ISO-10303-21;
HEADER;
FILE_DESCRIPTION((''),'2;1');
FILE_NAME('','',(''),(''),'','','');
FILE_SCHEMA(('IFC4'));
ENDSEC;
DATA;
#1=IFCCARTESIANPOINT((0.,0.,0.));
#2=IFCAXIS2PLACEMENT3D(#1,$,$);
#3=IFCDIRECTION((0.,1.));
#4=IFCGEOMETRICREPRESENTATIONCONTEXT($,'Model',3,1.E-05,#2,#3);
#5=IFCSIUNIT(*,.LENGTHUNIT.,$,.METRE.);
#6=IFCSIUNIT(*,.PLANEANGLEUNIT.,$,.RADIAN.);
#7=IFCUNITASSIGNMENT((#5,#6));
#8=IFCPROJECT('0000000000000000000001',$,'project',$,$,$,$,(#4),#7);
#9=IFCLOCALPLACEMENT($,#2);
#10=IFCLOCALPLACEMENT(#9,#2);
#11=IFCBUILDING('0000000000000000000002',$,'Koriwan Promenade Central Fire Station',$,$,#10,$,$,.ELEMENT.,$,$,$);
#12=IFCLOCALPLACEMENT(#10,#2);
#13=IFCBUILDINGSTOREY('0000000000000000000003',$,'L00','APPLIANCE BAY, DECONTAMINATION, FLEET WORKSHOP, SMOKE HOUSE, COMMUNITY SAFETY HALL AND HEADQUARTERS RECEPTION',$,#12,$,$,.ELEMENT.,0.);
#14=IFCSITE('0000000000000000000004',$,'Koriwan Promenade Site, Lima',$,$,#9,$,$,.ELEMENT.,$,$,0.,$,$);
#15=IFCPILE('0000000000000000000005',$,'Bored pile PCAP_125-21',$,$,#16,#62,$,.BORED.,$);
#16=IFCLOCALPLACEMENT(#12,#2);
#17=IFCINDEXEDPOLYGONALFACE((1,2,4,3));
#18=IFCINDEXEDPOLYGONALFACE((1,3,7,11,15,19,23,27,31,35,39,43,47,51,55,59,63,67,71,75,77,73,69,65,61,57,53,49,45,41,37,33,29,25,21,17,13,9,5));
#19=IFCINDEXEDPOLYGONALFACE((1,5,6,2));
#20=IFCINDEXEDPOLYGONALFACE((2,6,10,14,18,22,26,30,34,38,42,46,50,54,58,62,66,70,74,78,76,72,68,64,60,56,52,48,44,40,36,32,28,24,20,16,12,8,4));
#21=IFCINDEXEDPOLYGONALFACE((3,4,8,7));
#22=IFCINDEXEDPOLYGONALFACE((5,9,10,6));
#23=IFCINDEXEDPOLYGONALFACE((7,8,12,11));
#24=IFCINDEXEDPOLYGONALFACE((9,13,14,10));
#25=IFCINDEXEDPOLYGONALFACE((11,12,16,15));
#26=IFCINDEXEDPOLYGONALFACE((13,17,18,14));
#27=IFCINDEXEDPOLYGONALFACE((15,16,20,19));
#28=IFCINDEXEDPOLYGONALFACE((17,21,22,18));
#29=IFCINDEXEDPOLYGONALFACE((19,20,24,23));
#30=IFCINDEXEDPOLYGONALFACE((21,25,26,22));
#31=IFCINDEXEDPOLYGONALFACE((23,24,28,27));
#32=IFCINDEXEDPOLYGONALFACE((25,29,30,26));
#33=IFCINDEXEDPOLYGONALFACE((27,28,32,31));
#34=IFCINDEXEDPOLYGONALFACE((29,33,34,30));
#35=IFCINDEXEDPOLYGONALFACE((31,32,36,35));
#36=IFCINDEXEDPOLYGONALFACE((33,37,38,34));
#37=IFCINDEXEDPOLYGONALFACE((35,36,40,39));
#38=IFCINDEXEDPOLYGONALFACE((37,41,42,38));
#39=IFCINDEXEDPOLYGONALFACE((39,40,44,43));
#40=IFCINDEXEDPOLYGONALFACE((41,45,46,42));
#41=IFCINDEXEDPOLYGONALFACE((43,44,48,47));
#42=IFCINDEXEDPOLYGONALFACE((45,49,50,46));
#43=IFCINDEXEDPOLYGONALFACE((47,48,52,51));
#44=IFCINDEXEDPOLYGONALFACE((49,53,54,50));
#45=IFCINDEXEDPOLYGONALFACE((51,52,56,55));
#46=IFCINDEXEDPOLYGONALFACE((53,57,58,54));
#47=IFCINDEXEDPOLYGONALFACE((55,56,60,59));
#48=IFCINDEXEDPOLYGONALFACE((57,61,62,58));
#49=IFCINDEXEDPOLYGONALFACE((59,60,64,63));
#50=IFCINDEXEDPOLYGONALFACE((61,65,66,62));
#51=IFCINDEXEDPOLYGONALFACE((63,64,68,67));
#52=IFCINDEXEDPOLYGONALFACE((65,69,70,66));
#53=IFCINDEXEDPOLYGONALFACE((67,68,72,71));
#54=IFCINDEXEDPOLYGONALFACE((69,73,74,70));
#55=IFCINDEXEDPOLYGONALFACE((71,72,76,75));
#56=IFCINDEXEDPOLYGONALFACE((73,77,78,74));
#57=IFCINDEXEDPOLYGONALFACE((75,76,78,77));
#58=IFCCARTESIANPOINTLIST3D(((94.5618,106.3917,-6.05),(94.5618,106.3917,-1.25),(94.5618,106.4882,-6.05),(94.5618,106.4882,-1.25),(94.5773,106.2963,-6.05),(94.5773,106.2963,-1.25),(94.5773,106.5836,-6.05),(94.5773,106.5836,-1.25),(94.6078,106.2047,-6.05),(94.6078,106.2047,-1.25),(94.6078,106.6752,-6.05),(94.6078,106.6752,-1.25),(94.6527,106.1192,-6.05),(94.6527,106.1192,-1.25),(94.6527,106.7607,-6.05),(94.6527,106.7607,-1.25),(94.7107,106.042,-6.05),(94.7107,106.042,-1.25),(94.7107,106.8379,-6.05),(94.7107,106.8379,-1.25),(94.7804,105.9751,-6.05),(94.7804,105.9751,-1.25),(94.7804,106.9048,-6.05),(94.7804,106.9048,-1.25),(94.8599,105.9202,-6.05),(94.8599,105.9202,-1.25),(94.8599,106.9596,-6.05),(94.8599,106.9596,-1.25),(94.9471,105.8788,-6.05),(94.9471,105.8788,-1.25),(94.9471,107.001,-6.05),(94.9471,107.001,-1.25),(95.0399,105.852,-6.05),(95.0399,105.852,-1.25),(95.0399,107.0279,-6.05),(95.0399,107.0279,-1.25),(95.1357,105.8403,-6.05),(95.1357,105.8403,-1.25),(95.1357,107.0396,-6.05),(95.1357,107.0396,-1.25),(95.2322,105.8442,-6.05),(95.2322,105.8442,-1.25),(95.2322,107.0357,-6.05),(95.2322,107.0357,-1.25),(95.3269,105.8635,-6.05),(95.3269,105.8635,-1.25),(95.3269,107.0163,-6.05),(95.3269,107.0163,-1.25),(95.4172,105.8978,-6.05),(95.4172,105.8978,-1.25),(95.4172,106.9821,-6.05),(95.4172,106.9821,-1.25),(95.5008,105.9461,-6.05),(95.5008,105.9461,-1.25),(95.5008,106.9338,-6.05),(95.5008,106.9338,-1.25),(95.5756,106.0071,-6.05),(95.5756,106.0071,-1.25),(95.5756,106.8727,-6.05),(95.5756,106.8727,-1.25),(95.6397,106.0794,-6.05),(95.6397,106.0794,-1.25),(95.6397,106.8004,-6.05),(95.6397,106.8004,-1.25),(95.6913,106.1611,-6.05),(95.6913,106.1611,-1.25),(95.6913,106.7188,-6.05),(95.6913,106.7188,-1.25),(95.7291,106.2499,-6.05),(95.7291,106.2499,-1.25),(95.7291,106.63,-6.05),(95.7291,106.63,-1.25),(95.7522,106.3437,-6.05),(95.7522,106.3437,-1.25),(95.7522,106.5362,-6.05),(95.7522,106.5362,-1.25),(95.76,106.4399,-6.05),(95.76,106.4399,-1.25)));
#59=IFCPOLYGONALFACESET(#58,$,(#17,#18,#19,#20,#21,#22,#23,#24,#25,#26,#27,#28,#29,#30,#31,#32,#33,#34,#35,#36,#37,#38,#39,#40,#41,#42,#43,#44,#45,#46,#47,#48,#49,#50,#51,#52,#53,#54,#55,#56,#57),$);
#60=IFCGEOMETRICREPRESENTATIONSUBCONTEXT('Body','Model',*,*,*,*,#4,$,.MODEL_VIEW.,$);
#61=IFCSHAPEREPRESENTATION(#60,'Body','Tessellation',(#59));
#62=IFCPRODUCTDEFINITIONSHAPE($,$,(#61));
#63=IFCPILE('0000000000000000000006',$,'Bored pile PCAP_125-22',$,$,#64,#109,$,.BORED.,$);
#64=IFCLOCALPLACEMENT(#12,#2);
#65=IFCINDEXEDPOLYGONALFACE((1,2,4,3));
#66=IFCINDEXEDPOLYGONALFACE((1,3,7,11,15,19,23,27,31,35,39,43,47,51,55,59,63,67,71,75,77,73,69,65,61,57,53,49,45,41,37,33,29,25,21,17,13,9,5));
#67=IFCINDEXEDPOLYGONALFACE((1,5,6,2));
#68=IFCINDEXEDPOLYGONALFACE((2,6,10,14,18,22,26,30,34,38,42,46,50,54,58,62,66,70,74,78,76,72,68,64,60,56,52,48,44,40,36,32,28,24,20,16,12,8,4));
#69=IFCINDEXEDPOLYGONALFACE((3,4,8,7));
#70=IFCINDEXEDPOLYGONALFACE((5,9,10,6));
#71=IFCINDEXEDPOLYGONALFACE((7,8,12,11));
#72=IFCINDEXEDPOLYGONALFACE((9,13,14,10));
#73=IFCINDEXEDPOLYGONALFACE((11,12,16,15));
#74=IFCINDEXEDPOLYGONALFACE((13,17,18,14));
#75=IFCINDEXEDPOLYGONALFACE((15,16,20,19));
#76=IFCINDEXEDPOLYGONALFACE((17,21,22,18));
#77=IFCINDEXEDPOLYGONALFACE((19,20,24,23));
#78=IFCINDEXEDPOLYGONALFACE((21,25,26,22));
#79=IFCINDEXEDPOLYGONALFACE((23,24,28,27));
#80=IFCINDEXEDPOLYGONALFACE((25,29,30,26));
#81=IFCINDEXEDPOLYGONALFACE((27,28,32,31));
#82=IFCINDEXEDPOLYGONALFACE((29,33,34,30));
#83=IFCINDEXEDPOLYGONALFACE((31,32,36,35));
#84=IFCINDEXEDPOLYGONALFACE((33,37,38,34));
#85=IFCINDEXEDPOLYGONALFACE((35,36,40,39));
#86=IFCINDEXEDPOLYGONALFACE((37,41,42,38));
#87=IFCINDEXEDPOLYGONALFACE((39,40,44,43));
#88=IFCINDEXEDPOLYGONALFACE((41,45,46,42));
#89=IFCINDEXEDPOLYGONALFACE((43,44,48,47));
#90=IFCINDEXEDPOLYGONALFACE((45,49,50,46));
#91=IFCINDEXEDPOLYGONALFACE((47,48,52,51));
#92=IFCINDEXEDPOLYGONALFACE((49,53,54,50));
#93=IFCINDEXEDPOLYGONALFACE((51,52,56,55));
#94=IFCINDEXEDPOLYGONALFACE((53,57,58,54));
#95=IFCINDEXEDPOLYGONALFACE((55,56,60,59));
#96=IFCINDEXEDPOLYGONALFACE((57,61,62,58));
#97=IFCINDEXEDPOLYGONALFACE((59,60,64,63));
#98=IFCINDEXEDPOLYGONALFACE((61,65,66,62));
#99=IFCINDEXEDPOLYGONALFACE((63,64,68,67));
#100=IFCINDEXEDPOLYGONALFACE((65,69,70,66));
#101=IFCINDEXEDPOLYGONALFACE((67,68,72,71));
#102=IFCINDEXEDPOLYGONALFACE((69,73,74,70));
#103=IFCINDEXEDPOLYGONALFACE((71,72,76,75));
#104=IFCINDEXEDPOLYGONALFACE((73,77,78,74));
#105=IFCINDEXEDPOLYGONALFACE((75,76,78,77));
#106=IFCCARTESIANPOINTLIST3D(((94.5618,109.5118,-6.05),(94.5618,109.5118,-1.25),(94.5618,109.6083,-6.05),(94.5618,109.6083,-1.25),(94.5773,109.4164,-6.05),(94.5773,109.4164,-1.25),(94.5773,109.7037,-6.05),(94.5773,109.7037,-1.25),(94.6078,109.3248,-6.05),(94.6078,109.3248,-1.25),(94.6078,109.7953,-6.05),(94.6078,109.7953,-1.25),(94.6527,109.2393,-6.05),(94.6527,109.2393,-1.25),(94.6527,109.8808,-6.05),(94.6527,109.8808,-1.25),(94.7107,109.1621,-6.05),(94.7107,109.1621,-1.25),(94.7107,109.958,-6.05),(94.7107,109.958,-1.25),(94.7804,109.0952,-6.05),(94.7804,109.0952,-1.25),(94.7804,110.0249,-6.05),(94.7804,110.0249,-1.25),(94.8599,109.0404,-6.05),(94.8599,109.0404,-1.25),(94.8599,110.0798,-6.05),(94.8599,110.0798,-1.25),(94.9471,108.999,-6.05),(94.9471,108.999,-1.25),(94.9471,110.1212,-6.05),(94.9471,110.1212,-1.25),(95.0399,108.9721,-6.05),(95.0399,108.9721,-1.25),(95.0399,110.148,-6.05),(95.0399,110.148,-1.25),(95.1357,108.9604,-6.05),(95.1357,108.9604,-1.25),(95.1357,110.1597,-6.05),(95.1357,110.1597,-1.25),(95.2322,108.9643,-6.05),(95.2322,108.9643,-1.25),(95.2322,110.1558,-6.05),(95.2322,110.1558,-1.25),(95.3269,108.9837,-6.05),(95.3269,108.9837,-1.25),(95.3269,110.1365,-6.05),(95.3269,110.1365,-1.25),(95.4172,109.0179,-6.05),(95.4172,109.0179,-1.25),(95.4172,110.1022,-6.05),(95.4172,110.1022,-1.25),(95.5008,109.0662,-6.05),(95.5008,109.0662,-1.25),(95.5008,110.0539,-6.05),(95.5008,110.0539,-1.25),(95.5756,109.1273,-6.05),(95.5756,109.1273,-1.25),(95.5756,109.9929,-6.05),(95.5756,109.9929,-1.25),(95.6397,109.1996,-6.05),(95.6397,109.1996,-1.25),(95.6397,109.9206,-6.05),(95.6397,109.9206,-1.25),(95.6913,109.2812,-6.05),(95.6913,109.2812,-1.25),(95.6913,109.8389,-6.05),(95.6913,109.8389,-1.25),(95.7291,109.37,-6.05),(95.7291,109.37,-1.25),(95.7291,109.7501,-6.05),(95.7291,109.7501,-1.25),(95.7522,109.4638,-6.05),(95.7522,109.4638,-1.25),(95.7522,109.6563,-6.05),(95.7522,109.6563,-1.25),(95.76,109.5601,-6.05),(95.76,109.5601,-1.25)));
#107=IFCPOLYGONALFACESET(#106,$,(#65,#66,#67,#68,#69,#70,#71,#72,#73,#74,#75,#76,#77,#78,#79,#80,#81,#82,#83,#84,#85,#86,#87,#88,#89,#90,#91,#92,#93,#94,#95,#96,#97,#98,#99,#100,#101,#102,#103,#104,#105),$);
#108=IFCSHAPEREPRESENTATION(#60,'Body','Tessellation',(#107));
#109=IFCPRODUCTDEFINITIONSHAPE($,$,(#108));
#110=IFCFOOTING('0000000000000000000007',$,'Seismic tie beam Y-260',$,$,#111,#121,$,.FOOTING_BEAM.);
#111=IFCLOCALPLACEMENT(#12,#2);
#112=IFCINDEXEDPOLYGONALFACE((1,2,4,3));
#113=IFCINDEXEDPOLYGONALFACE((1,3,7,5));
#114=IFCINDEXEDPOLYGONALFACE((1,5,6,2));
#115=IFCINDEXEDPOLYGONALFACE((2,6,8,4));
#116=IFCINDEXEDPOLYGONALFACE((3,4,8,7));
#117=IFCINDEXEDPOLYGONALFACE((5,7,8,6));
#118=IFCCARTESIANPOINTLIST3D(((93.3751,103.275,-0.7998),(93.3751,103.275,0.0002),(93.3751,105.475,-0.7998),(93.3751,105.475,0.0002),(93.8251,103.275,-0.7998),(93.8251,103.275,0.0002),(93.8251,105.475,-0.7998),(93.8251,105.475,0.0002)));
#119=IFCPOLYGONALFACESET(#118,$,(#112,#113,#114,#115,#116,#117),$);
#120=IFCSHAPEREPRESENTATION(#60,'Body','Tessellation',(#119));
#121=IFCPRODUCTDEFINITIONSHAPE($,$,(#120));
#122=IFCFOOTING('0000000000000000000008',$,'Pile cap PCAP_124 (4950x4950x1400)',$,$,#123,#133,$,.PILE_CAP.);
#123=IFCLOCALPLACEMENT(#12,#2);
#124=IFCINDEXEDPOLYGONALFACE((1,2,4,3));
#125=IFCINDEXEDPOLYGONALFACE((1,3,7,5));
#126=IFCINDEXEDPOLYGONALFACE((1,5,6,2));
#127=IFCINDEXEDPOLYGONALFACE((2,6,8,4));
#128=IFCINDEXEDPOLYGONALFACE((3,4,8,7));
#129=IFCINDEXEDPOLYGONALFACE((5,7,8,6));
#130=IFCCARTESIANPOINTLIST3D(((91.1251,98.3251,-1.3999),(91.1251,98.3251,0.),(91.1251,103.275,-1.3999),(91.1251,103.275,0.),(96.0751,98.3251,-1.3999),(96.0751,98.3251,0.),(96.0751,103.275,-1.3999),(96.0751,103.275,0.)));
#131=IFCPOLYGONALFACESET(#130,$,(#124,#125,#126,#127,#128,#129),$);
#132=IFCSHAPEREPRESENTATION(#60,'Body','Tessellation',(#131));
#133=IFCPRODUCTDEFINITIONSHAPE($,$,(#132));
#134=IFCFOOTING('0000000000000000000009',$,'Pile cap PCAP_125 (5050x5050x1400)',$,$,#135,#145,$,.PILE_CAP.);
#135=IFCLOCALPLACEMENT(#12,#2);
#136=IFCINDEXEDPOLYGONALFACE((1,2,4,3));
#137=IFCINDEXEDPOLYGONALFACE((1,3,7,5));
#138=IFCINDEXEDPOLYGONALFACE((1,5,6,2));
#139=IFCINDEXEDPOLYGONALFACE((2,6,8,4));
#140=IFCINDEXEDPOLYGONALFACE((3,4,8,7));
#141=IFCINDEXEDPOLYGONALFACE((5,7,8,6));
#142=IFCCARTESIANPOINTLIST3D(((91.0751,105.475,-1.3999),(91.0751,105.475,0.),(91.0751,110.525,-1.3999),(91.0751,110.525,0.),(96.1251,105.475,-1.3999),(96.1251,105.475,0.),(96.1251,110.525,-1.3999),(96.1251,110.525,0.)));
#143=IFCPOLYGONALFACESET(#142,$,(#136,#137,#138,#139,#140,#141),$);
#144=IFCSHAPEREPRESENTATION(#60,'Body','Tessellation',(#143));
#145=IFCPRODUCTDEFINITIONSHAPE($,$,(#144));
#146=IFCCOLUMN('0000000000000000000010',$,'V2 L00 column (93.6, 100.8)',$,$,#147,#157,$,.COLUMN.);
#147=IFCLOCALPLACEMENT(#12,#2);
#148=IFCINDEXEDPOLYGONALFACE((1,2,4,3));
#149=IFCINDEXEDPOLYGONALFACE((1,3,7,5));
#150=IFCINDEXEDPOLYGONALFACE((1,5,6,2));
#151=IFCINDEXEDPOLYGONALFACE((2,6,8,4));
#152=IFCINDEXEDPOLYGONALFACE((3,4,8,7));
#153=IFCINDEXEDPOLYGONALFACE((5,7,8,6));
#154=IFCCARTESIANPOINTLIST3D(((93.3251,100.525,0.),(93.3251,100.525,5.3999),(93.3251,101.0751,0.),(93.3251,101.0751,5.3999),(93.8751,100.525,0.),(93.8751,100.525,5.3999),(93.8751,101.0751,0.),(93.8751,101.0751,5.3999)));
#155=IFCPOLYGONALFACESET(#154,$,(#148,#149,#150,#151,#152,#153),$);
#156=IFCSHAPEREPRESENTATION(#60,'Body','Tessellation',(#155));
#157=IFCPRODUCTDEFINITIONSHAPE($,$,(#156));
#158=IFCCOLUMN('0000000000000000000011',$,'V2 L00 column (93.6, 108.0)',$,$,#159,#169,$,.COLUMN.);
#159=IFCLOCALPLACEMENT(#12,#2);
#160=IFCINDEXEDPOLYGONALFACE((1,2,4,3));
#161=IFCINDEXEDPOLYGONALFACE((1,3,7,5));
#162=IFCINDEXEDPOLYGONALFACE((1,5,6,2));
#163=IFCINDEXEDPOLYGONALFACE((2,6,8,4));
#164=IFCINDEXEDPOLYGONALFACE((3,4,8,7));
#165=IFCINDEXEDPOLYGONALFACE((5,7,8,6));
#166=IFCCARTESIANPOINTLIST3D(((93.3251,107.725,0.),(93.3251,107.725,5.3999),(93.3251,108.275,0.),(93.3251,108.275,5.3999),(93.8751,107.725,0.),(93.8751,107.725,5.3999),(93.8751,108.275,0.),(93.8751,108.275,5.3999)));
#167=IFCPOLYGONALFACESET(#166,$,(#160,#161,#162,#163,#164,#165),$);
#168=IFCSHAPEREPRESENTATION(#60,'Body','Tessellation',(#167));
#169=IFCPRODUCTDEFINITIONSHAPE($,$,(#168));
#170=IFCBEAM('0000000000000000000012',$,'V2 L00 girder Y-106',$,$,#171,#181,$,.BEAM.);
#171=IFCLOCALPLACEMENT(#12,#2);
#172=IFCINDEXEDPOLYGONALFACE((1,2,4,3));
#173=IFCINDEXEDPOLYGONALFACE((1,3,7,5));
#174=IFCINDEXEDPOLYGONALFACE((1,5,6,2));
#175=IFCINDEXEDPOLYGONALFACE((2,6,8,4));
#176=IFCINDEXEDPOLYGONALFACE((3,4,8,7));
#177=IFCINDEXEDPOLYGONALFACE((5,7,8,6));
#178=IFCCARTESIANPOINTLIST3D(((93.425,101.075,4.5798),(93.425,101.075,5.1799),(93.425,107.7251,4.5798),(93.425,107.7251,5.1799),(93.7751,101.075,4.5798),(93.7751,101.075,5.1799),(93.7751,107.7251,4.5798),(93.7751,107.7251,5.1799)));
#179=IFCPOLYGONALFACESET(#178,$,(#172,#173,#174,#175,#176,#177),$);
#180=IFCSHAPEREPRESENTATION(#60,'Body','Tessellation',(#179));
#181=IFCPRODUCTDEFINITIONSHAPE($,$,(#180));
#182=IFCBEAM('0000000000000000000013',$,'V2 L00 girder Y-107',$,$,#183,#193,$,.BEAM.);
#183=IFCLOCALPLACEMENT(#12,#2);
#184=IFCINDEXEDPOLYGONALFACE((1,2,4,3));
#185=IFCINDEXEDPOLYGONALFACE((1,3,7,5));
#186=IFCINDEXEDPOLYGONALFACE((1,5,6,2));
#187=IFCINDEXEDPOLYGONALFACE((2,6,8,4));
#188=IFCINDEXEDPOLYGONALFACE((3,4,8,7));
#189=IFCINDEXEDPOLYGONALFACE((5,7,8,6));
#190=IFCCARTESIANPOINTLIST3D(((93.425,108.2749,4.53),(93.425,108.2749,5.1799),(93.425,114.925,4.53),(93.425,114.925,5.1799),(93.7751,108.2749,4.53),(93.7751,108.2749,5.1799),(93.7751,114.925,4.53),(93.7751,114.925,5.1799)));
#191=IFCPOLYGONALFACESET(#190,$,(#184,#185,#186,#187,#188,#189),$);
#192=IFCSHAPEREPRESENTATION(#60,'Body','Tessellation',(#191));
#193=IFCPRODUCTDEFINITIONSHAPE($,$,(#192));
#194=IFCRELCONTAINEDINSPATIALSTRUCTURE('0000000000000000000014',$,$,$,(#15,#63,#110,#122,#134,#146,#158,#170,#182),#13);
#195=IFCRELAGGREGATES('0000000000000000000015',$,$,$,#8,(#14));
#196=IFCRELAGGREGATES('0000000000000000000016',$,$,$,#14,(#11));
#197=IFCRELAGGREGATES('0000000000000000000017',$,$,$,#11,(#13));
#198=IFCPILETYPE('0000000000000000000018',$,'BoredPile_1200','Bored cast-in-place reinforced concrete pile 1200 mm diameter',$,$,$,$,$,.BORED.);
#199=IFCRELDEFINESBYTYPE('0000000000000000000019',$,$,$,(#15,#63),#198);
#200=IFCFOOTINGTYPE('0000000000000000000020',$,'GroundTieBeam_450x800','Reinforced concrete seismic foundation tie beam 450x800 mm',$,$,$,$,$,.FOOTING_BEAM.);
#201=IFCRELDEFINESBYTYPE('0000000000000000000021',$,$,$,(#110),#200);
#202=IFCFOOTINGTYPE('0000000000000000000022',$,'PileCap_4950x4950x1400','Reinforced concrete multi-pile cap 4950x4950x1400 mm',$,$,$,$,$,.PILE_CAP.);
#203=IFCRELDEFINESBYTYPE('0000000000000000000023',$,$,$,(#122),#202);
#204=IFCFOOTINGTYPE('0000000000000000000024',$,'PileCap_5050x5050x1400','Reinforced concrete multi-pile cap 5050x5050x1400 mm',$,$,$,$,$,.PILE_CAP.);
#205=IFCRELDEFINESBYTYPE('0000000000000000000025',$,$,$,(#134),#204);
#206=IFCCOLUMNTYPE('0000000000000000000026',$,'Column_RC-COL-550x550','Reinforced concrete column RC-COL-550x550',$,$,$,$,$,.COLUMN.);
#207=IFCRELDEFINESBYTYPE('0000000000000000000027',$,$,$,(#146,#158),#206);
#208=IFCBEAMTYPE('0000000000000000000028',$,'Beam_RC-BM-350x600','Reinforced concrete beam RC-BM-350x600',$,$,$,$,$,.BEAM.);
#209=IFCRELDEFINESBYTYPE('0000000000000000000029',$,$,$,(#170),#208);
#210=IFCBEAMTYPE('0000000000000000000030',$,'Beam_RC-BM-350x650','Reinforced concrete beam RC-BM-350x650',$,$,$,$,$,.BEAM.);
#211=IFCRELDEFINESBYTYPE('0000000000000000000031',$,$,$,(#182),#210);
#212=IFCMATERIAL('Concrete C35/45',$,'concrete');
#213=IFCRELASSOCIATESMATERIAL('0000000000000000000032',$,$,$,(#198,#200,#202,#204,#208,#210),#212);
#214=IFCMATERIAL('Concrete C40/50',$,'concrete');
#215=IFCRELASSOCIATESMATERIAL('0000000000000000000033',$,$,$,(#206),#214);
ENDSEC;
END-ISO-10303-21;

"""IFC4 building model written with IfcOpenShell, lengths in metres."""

from ifc_helpers import new_model, si_unit, direction, frame, origin, origin_2d, place, context, subcontext, project, spatial, rectangle, circle, extrude, material, material_profile, profile_set, type_object, element, save


model = new_model("IFC4")

# Units and contexts
model_context = context("Model", 3, precision=1e-05, world=origin(), true_north=direction((0.0, 1.0)))
body_context = subcontext(model_context, "Body", "Model", "MODEL_VIEW")
ifc_project = project(units=[si_unit("LENGTHUNIT", "METRE"), si_unit("PLANEANGLEUNIT", "RADIAN")], contexts=[model_context])

# Site, building, storey
site_placement = place(None, origin())
site = spatial("IfcSite", under=ifc_project, at=site_placement, Name="Koriwan Promenade Site, Lima", CompositionType="ELEMENT", RefElevation=0.0)
building_placement = place(site_placement, origin())
building = spatial("IfcBuilding", under=site, at=building_placement, Name="Koriwan Promenade Central Fire Station", CompositionType="ELEMENT")
storey_placement = place(building_placement, origin())
storey = spatial("IfcBuildingStorey", under=building, at=storey_placement, Name="L00", Description="APPLIANCE BAY, DECONTAMINATION, FLEET WORKSHOP, SMOKE HOUSE, COMMUNITY SAFETY HALL AND HEADQUARTERS RECEPTION", CompositionType="ELEMENT", Elevation=0.0)

# Piles
ifc_material_1 = material(Name="Concrete C35/45", Category="concrete")
ifc_material_profile_1 = material_profile(ifc_material_1, circle(Radius=0.6001, at=origin_2d()), Name="PILE-D1200")
ifc_profile_set_1 = profile_set([ifc_material_profile_1], Name="Concrete C35/45")
pile_type = type_object("IfcPileType", Name="BoredPile_1200", Description="Bored cast-in-place reinforced concrete pile 1200 mm diameter", PredefinedType="BORED", material=ifc_profile_set_1)
for number, where, z_axis, x_axis, name in (
    (1, (95.1599, 106.4399, -1.25), (0.0, 0.0, -1.0), (1.0, 0.0, 0.0), "Bored pile PCAP_125-21"),
    (2, (95.1599, 109.5601, -1.25), (0.0, 0.0, -1.0), (1.0, 0.0, 0.0), "Bored pile PCAP_125-22"),
):
    element("IfcPile", number, at=place(storey_placement, frame(where, z_axis=z_axis, x_axis=x_axis)), inside=storey, type_object=pile_type, Name=name, PredefinedType="BORED", context=body_context, shape_type="SweptSolid", body=[
        extrude(circle(Radius=0.6001, at=origin_2d()), origin(), (0.0, 0.0, 1.0), 4.8),
    ])

# Footings
footing_type_1 = type_object("IfcFootingType", Name="GroundTieBeam_450x800", Description="Reinforced concrete seismic foundation tie beam 450x800 mm", PredefinedType="FOOTING_BEAM", material=ifc_material_1)
footing_1_placement = place(storey_placement, frame((93.6001, 104.375, -0.7998), z_axis=(0.0, 0.0, 1.0), x_axis=(0.0, 1.0, 0.0)))
element("IfcFooting", 3, at=footing_1_placement, inside=storey, type_object=footing_type_1, Name="Seismic tie beam Y-260", PredefinedType="FOOTING_BEAM", context=body_context, shape_type="SweptSolid", body=[
    extrude(rectangle(XDim=2.2, YDim=0.45, at=origin_2d()), origin(), (0.0, 0.0, 1.0), 0.8),
])
footing_type_2 = type_object("IfcFootingType", Name="PileCap_4950x4950x1400", Description="Reinforced concrete multi-pile cap 4950x4950x1400 mm", PredefinedType="PILE_CAP", material=ifc_material_1)
footing_2_placement = place(storey_placement, frame((93.6001, 100.8, -1.3999), z_axis=(0.0, 0.0, 1.0), x_axis=(1.0, 0.0, 0.0)))
element("IfcFooting", 4, at=footing_2_placement, inside=storey, type_object=footing_type_2, Name="Pile cap PCAP_124 (4950x4950x1400)", PredefinedType="PILE_CAP", context=body_context, shape_type="SweptSolid", body=[
    extrude(rectangle(XDim=4.95, YDim=4.95, at=origin_2d()), origin(), (0.0, 0.0, 1.0), 1.3999),
])
footing_type_3 = type_object("IfcFootingType", Name="PileCap_5050x5050x1400", Description="Reinforced concrete multi-pile cap 5050x5050x1400 mm", PredefinedType="PILE_CAP", material=ifc_material_1)
footing_3_placement = place(storey_placement, frame((93.6001, 108.0, -1.3999), z_axis=(0.0, 0.0, 1.0), x_axis=(1.0, 0.0, 0.0)))
element("IfcFooting", 5, at=footing_3_placement, inside=storey, type_object=footing_type_3, Name="Pile cap PCAP_125 (5050x5050x1400)", PredefinedType="PILE_CAP", context=body_context, shape_type="SweptSolid", body=[
    extrude(rectangle(XDim=5.05, YDim=5.05, at=origin_2d()), origin(), (0.0, 0.0, 1.0), 1.3999),
])

# Columns
ifc_material_2 = material(Name="Concrete C40/50", Category="concrete")
ifc_material_profile_2 = material_profile(ifc_material_2, rectangle(XDim=0.55, YDim=0.55, at=origin_2d()), Name="RC-COL-550x550")
ifc_profile_set_2 = profile_set([ifc_material_profile_2], Name="Concrete C40/50")
column_type = type_object("IfcColumnType", Name="Column_RC-COL-550x550", Description="Reinforced concrete column RC-COL-550x550", PredefinedType="COLUMN", material=ifc_profile_set_2)
for number, where, z_axis, x_axis, name in (
    (6, (93.6001, 100.8, 0.0), (0.0, 0.0, 1.0), (1.0, 0.0, 0.0), "V2 L00 column (93.6, 100.8)"),
    (7, (93.6001, 108.0, 0.0), (0.0, 0.0, 1.0), (1.0, 0.0, 0.0), "V2 L00 column (93.6, 108.0)"),
):
    element("IfcColumn", number, at=place(storey_placement, frame(where, z_axis=z_axis, x_axis=x_axis)), inside=storey, type_object=column_type, Name=name, PredefinedType="COLUMN", context=body_context, shape_type="SweptSolid", body=[
        extrude(rectangle(XDim=0.55, YDim=0.55, at=origin_2d()), origin(), (0.0, 0.0, 1.0), 5.3999),
    ])

# Beams
ifc_material_profile_3 = material_profile(ifc_material_1, rectangle(XDim=0.3501, YDim=0.6001, at=origin_2d()), Name="RC-BM-350x600")
ifc_profile_set_3 = profile_set([ifc_material_profile_3], Name="Concrete C35/45")
beam_type_1 = type_object("IfcBeamType", Name="Beam_RC-BM-350x600", Description="Reinforced concrete beam RC-BM-350x600", PredefinedType="BEAM", material=ifc_profile_set_3)
beam_1_placement = place(storey_placement, frame((93.6001, 101.075, 4.8799), z_axis=(0.0, 1.0, 0.0), x_axis=(-1.0, 0.0, 0.0)))
element("IfcBeam", 8, at=beam_1_placement, inside=storey, type_object=beam_type_1, Name="V2 L00 girder Y-106", PredefinedType="BEAM", context=body_context, shape_type="SweptSolid", body=[
    extrude(rectangle(XDim=0.3501, YDim=0.6001, at=origin_2d()), origin(), (0.0, 0.0, 1.0), 6.6501),
])
ifc_material_profile_4 = material_profile(ifc_material_1, rectangle(XDim=0.3501, YDim=0.6499, at=origin_2d()), Name="RC-BM-350x650")
ifc_profile_set_4 = profile_set([ifc_material_profile_4], Name="Concrete C35/45")
beam_type_2 = type_object("IfcBeamType", Name="Beam_RC-BM-350x650", Description="Reinforced concrete beam RC-BM-350x650", PredefinedType="BEAM", material=ifc_profile_set_4)
beam_2_placement = place(storey_placement, frame((93.6001, 108.2749, 4.855), z_axis=(0.0, 1.0, 0.0), x_axis=(-1.0, 0.0, 0.0)))
element("IfcBeam", 9, at=beam_2_placement, inside=storey, type_object=beam_type_2, Name="V2 L00 girder Y-107", PredefinedType="BEAM", context=body_context, shape_type="SweptSolid", body=[
    extrude(rectangle(XDim=0.3501, YDim=0.6499, at=origin_2d()), origin(), (0.0, 0.0, 1.0), 6.6501),
])

save(model, "model.ifc")
